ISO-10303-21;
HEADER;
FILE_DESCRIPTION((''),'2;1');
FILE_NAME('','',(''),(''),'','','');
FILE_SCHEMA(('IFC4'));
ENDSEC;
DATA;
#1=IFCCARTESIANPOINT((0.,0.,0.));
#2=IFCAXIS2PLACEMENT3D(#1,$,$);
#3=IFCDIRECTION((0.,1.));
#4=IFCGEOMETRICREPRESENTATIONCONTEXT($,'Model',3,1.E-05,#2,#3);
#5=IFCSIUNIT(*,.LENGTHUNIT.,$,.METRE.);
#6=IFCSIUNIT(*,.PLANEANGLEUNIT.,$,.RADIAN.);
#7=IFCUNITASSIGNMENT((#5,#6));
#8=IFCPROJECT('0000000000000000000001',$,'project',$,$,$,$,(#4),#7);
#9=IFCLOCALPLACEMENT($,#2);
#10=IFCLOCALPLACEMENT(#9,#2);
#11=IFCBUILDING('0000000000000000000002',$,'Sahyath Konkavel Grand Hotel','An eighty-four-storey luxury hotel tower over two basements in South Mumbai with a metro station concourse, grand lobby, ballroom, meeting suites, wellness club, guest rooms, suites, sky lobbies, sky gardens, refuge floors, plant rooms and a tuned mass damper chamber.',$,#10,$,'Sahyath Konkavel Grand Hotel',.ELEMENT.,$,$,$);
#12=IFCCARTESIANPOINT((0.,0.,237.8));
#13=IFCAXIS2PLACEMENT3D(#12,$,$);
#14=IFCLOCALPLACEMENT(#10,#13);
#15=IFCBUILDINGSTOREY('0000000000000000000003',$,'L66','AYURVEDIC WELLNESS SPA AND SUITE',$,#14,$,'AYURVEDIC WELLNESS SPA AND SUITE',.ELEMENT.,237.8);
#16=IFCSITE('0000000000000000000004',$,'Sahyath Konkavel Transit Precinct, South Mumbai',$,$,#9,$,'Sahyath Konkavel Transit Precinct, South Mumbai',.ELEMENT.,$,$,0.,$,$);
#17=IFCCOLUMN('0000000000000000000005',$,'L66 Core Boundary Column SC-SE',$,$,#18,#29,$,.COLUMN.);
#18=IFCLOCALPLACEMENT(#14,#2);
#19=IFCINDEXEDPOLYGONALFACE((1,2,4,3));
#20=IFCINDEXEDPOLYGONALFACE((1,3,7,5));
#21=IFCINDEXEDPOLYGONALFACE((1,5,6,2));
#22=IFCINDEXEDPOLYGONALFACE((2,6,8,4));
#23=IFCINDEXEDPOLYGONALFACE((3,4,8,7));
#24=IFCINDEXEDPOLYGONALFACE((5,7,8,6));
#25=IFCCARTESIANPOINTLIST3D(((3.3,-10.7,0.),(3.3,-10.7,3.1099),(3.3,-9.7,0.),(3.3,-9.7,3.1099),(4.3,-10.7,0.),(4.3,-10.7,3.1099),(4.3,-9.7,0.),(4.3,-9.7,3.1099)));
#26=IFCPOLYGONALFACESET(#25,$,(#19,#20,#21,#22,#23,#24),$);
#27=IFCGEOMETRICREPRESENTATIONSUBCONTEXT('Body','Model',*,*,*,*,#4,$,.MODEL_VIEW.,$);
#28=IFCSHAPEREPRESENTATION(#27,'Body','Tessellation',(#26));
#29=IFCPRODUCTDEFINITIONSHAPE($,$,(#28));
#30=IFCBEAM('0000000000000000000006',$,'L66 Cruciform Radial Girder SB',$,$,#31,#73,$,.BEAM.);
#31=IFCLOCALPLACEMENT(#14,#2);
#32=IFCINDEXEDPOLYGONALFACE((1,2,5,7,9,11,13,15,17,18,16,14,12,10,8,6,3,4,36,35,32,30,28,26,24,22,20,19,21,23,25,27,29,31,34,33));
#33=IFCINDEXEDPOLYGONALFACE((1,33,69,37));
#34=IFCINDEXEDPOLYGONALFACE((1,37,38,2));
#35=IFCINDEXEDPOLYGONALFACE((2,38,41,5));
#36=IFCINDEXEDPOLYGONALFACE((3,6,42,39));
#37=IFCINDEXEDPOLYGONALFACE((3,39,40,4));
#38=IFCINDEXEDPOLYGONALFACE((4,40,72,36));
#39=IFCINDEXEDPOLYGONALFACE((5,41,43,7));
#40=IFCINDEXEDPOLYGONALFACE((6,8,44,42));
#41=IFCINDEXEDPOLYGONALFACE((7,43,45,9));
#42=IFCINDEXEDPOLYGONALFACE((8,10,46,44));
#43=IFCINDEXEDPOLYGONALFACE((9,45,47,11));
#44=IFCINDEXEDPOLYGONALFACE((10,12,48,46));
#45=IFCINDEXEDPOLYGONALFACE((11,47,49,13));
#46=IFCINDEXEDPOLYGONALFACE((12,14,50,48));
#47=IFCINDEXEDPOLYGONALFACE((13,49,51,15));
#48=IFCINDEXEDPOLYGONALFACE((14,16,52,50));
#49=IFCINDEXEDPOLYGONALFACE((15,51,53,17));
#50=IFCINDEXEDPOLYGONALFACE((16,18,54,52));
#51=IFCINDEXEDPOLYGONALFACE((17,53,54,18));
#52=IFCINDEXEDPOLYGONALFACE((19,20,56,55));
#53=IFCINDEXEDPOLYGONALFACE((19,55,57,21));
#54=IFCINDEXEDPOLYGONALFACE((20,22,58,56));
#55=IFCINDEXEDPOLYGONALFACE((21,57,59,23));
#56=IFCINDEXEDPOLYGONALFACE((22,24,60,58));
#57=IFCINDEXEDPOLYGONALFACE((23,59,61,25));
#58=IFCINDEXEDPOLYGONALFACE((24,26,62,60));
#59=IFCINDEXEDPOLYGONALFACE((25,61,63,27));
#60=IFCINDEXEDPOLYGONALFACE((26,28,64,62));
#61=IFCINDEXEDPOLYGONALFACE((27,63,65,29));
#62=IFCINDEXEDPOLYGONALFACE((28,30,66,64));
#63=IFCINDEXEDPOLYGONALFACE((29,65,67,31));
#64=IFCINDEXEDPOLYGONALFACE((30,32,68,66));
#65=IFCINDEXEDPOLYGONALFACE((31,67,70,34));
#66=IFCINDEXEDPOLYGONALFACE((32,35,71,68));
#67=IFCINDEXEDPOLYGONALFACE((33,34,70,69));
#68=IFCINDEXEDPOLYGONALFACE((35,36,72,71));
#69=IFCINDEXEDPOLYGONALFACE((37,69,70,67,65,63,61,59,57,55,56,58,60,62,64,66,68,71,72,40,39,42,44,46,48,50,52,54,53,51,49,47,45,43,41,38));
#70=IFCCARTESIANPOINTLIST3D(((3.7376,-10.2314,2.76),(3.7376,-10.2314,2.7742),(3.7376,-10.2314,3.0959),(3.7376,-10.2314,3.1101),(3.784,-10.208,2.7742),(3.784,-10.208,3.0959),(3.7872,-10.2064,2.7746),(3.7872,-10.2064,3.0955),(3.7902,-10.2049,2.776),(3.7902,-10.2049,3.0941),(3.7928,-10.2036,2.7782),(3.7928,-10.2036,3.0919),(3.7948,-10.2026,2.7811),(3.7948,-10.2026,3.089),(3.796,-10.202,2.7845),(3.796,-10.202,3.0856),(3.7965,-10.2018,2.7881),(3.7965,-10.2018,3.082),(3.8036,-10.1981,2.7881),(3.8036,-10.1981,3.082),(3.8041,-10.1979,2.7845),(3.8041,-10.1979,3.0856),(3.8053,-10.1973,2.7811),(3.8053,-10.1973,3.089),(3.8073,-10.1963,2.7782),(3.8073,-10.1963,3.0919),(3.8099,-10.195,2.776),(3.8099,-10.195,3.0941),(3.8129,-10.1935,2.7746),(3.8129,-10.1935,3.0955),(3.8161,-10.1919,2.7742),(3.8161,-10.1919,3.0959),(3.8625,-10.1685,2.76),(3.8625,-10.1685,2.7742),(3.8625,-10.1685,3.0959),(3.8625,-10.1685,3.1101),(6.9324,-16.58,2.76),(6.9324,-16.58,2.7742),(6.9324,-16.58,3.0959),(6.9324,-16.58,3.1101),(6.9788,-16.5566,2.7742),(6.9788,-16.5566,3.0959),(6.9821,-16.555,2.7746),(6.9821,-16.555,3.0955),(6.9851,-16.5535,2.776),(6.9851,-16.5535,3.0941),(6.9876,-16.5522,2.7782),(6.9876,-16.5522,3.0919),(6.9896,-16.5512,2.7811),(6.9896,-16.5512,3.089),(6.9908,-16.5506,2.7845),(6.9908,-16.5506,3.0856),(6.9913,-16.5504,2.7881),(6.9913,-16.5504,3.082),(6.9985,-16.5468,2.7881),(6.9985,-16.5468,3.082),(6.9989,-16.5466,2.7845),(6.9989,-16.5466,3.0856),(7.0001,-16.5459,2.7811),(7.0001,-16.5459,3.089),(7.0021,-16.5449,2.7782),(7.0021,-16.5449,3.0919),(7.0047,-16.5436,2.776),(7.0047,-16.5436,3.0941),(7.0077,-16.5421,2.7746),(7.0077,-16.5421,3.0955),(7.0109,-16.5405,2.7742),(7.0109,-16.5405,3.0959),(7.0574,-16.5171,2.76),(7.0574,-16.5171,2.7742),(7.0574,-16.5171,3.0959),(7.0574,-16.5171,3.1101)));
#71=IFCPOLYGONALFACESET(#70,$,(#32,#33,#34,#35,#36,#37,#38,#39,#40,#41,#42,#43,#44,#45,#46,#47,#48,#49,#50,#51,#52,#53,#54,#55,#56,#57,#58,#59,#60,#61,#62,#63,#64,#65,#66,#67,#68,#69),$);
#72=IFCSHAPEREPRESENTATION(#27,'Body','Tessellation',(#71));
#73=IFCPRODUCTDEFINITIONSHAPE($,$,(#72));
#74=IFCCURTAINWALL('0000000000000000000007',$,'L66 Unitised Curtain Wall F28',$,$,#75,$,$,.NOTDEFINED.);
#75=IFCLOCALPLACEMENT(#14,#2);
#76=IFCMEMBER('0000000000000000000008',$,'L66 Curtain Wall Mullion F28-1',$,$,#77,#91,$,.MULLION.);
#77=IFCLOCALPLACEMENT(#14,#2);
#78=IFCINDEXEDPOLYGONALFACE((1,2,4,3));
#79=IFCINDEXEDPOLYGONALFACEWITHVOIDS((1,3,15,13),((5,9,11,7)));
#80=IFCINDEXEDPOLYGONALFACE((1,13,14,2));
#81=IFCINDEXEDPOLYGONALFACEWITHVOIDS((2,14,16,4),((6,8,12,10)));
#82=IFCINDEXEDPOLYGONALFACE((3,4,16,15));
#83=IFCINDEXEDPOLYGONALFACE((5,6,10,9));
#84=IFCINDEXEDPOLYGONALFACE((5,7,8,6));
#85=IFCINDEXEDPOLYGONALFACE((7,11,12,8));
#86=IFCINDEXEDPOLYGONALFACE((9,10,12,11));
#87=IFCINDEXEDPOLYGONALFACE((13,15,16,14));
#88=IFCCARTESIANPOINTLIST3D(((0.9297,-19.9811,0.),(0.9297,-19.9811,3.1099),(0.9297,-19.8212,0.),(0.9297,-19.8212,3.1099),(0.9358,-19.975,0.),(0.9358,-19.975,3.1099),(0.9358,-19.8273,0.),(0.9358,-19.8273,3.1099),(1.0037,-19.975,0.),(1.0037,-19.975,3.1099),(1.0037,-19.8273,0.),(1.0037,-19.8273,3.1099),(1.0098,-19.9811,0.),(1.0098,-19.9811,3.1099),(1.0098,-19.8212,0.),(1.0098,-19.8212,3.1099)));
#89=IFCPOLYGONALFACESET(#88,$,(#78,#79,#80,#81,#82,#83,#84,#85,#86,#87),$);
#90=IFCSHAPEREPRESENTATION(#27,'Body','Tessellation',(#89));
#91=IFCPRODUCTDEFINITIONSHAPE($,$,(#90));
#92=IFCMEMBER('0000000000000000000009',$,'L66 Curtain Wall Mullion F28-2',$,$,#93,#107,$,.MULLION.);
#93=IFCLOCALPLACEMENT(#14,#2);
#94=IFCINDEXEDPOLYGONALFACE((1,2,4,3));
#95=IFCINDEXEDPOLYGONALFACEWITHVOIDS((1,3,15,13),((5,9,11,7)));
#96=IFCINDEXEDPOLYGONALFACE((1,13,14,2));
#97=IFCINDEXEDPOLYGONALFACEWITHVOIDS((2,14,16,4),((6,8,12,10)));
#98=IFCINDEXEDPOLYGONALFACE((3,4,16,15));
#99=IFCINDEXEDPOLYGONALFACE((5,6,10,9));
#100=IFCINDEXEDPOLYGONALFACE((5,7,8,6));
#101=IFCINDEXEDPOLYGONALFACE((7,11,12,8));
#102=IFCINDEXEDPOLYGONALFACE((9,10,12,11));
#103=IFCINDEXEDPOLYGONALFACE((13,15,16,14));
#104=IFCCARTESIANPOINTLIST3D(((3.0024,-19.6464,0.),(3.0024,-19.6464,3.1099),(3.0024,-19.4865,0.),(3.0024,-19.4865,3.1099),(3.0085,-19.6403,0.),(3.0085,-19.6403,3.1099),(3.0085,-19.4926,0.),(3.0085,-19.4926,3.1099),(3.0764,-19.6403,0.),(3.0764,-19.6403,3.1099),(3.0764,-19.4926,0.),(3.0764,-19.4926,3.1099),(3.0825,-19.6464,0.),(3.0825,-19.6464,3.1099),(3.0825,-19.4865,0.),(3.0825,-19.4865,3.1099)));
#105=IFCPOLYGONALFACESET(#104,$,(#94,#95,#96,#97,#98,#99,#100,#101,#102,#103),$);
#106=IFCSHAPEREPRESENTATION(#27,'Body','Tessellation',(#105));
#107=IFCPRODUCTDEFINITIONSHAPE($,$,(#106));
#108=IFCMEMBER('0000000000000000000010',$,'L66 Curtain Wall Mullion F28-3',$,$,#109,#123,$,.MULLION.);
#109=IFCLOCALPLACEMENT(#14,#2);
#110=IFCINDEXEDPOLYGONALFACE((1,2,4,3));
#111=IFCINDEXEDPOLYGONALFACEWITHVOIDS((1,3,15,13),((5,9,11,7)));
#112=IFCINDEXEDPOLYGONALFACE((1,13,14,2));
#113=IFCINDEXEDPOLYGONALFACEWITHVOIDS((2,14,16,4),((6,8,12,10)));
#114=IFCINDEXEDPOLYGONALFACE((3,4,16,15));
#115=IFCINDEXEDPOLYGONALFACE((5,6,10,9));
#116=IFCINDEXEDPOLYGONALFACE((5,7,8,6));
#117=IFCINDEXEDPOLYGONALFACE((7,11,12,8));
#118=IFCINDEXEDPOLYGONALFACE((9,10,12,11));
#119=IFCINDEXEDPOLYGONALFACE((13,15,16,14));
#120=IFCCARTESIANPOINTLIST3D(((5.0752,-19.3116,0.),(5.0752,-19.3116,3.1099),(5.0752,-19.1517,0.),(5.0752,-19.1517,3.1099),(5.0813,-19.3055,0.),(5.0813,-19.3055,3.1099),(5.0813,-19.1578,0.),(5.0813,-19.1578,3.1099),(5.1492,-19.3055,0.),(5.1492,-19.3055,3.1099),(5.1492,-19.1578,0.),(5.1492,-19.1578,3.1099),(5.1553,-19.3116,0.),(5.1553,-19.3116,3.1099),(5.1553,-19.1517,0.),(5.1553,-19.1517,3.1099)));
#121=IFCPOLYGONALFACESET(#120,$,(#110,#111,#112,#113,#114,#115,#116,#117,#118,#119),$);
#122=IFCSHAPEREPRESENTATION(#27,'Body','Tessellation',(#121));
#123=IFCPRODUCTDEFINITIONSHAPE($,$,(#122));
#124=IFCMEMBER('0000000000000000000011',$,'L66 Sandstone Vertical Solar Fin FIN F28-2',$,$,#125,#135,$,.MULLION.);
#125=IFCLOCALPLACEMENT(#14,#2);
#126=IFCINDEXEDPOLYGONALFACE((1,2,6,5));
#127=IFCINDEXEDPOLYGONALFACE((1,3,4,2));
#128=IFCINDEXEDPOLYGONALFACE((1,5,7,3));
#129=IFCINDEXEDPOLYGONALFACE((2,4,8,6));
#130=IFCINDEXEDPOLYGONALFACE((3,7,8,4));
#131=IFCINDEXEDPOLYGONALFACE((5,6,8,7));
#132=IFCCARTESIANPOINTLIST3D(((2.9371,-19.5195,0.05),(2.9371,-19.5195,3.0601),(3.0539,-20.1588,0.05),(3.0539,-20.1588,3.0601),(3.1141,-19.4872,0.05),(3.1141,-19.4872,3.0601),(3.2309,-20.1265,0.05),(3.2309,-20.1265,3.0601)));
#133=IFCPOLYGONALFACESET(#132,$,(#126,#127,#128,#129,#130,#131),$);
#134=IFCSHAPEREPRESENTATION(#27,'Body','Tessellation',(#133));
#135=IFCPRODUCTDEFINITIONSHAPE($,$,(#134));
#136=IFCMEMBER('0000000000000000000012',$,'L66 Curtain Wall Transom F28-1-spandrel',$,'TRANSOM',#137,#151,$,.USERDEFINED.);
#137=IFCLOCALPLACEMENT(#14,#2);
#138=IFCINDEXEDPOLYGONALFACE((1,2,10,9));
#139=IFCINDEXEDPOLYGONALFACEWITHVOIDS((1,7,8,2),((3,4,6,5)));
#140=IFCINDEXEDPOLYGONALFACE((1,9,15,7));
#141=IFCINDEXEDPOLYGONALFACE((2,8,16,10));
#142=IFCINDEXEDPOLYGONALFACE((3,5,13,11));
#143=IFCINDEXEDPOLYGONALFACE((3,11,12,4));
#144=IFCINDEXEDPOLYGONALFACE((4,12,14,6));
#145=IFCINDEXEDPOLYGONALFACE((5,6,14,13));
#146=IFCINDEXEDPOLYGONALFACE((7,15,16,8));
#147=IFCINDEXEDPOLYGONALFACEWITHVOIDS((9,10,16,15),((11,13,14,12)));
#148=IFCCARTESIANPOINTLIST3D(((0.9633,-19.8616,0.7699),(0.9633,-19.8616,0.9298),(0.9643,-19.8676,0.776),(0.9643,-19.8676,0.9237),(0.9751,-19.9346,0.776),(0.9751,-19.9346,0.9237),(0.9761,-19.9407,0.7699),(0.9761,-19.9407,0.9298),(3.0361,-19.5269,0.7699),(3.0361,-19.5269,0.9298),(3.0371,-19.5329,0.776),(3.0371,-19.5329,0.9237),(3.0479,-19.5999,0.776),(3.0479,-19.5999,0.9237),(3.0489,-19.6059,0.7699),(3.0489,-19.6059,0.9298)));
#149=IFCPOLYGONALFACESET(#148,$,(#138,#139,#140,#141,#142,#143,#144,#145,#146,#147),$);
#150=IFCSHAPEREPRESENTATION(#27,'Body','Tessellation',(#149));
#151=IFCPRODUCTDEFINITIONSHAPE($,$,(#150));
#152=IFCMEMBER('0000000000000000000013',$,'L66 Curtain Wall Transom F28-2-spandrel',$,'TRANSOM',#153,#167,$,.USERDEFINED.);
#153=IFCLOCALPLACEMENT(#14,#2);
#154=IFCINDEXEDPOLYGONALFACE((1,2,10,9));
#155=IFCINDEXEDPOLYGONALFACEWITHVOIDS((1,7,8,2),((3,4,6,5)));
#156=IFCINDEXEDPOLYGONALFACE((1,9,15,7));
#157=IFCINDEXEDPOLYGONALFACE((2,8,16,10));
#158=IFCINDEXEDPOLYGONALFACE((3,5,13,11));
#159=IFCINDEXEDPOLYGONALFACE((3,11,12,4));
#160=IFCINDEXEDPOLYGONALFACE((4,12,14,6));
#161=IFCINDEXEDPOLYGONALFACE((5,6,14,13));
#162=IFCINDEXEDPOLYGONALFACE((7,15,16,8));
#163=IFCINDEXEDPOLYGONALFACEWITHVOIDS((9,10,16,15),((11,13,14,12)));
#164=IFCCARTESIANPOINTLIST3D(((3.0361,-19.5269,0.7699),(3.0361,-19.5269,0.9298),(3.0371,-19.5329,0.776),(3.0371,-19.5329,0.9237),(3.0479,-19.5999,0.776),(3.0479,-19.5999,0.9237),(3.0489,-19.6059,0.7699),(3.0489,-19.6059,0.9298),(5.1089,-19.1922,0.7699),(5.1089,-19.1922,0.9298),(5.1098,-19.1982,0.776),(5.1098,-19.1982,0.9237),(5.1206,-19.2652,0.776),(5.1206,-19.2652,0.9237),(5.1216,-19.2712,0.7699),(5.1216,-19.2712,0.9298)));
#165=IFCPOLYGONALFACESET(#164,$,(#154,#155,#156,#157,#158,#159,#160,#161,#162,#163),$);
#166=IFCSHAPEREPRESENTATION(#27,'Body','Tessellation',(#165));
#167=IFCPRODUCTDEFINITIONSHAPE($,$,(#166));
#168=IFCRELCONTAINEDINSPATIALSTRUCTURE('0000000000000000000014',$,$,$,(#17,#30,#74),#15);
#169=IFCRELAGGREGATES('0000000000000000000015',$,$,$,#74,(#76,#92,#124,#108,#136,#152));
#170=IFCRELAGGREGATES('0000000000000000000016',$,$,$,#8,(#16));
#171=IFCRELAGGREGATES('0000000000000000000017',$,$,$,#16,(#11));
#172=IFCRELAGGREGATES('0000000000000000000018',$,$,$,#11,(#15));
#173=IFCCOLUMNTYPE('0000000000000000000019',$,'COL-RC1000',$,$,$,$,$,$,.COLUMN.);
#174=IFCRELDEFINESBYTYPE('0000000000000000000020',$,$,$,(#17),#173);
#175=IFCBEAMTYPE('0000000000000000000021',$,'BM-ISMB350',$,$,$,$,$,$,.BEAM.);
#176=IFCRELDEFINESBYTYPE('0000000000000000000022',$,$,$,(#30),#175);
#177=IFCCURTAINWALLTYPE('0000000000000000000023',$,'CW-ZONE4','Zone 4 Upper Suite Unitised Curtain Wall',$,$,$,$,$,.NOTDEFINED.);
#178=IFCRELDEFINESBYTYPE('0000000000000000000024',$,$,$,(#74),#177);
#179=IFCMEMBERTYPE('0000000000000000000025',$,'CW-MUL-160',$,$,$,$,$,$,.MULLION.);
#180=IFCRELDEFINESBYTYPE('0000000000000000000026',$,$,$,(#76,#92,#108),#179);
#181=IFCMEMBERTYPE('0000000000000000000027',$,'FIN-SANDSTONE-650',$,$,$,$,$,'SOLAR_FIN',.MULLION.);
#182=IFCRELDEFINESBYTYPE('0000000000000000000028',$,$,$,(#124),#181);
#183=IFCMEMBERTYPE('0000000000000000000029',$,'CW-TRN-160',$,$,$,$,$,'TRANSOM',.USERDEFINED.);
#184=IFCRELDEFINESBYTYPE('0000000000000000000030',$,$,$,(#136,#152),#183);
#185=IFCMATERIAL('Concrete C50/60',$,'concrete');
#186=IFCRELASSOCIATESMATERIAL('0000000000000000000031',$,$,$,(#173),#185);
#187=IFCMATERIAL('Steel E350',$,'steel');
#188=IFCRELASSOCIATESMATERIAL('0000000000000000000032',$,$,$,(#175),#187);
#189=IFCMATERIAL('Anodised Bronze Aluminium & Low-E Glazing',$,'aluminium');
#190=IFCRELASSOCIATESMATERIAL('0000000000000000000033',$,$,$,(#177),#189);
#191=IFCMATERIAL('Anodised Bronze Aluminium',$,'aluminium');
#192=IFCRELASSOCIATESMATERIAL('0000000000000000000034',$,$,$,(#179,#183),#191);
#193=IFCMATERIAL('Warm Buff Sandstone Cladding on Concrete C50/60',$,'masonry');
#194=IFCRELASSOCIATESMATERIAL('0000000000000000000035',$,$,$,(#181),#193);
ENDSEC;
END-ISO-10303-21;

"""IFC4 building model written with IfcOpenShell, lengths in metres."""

from ifc_helpers import new_model, si_unit, direction, frame, origin, origin_2d, place, context, subcontext, project, spatial, rectangle, hollow_rectangle, i_section, extrude, source, transform, mapped, material, material_profile, profile_set, type_object, element, aggregate, save


model = new_model("IFC4")

# Units and contexts
model_context = context("Model", 3, precision=1e-05, world=origin(), true_north=direction((0.0, 1.0)))
body_context = subcontext(model_context, "Body", "Model", "MODEL_VIEW")
ifc_project = project(units=[si_unit("LENGTHUNIT", "METRE"), si_unit("PLANEANGLEUNIT", "RADIAN")], contexts=[model_context])

# Site, building, storey
site_placement = place(None, origin())
site = spatial("IfcSite", under=ifc_project, at=site_placement, Name="Sahyath Konkavel Transit Precinct, South Mumbai", LongName="Sahyath Konkavel Transit Precinct, South Mumbai", CompositionType="ELEMENT", RefElevation=0.0)
building_placement = place(site_placement, origin())
building = spatial("IfcBuilding", under=site, at=building_placement, Name="Sahyath Konkavel Grand Hotel", Description="An eighty-four-storey luxury hotel tower over two basements in South Mumbai with a metro station concourse, grand lobby, ballroom, meeting suites, wellness club, guest rooms, suites, sky lobbies, sky gardens, refuge floors, plant rooms and a tuned mass damper chamber.", LongName="Sahyath Konkavel Grand Hotel", CompositionType="ELEMENT")
storey_placement = place(building_placement, frame((0.0, 0.0, 237.8)))
storey = spatial("IfcBuildingStorey", under=building, at=storey_placement, Name="L66", Description="AYURVEDIC WELLNESS SPA AND SUITE", LongName="AYURVEDIC WELLNESS SPA AND SUITE", CompositionType="ELEMENT", Elevation=237.8)

# Column
ifc_material_1 = material(Name="Concrete C50/60", Category="concrete")
ifc_material_profile_1 = material_profile(ifc_material_1, rectangle(XDim=1.0, YDim=1.0, at=origin_2d()), Name="RC 1000x1000")
ifc_profile_set_1 = profile_set([ifc_material_profile_1], Name="Concrete C50/60")
column_type = type_object("IfcColumnType", Name="COL-RC1000", PredefinedType="COLUMN", material=ifc_profile_set_1)
shared_shape_1 = source(origin(), body_context, "Body", "SweptSolid", [
    extrude(rectangle(XDim=1.0, YDim=1.0, at=origin_2d()), origin(), (0.0, 0.0, 1.0), 3.1099),
])
column_placement = place(storey_placement, frame((3.8, -10.2, 0.0), z_axis=(0.0, 0.0, 1.0), x_axis=(1.0, 0.0, 0.0)))
element("IfcColumn", 1, at=column_placement, inside=storey, type_object=column_type, Name="L66 Core Boundary Column SC-SE", PredefinedType="COLUMN", context=body_context, shape_type="MappedRepresentation", body=[
    mapped(shared_shape_1, transform((0.0, 0.0, 0.0), scale=1.0)),
])

# Beam
ifc_material_2 = material(Name="Steel E350", Category="steel")
ifc_material_profile_2 = material_profile(ifc_material_2, i_section(OverallWidth=0.1399, OverallDepth=0.3501, WebThickness=0.0081, FlangeThickness=0.0142, FilletRadius=0.0139, at=origin_2d()), Name="ISMB 350")
ifc_profile_set_2 = profile_set([ifc_material_profile_2], Name="Steel E350")
beam_type_1 = type_object("IfcBeamType", Name="BM-ISMB350", PredefinedType="BEAM", material=ifc_profile_set_2)
shared_shape_2 = source(origin(), body_context, "Body", "SweptSolid", [
    extrude(i_section(OverallWidth=0.1399, OverallDepth=0.3501, WebThickness=0.0081, FlangeThickness=0.0142, FilletRadius=0.0139, at=origin_2d()), origin(), (0.0, 0.0, 1.0), 7.1072),
])
beam_1_placement = place(storey_placement, frame((3.8, -10.2, 2.9351), z_axis=(0.449521, -0.89327, 0.0), x_axis=(0.89327, 0.449521, 0.0)))
element("IfcBeam", 2, at=beam_1_placement, inside=storey, type_object=beam_type_1, Name="L66 Cruciform Radial Girder SB", PredefinedType="BEAM", context=body_context, shape_type="MappedRepresentation", body=[
    mapped(shared_shape_2, transform((0.0, 0.0, 0.0), scale=1.0)),
])

# Curtain wall, members
ifc_material_3 = material(Name="Anodised Bronze Aluminium & Low-E Glazing", Category="aluminium")
curtain_wall_type = type_object("IfcCurtainWallType", Name="CW-ZONE4", Description="Zone 4 Upper Suite Unitised Curtain Wall", PredefinedType="NOTDEFINED", material=ifc_material_3)
curtain_wall_placement = place(storey_placement, origin())
curtain_wall = element("IfcCurtainWall", 3, at=curtain_wall_placement, inside=storey, type_object=curtain_wall_type, Name="L66 Unitised Curtain Wall F28", PredefinedType="NOTDEFINED")
ifc_material_4 = material(Name="Anodised Bronze Aluminium", Category="aluminium")
ifc_material_profile_3 = material_profile(ifc_material_4, hollow_rectangle(XDim=0.0801, YDim=0.1599, WallThickness=0.0061, at=origin_2d()), Name="RHS 160x80x6")
ifc_profile_set_3 = profile_set([ifc_material_profile_3], Name="Anodised Bronze Aluminium")
member_type_1 = type_object("IfcMemberType", Name="CW-MUL-160", PredefinedType="MULLION", material=ifc_profile_set_3)
shared_shape_3 = source(origin(), body_context, "Body", "SweptSolid", [
    extrude(hollow_rectangle(XDim=0.0801, YDim=0.1599, WallThickness=0.0061, at=origin_2d()), origin(), (0.0, 0.0, 1.0), 3.1099),
])
member_1_placement = place(storey_placement, frame((0.9697, -19.9011, 0.0), z_axis=(0.0, 0.0, 1.0), x_axis=(1.0, 0.0, 0.0)))
member_1 = element("IfcMember", 4, at=member_1_placement, type_object=member_type_1, Name="L66 Curtain Wall Mullion F28-1", PredefinedType="MULLION", context=body_context, shape_type="MappedRepresentation", body=[
    mapped(shared_shape_3, transform((0.0, 0.0, 0.0), scale=1.0)),
])
member_2_placement = place(storey_placement, frame((3.0425, -19.5664, 0.0), z_axis=(0.0, 0.0, 1.0), x_axis=(1.0, 0.0, 0.0)))
member_2 = element("IfcMember", 5, at=member_2_placement, type_object=member_type_1, Name="L66 Curtain Wall Mullion F28-2", PredefinedType="MULLION", context=body_context, shape_type="MappedRepresentation", body=[
    mapped(shared_shape_3, transform((0.0, 0.0, 0.0), scale=1.0)),
])
member_3_placement = place(storey_placement, frame((5.1152, -19.2317, 0.0), z_axis=(0.0, 0.0, 1.0), x_axis=(1.0, 0.0, 0.0)))
member_3 = element("IfcMember", 6, at=member_3_placement, type_object=member_type_1, Name="L66 Curtain Wall Mullion F28-3", PredefinedType="MULLION", context=body_context, shape_type="MappedRepresentation", body=[
    mapped(shared_shape_3, transform((0.0, 0.0, 0.0), scale=1.0)),
])
ifc_material_5 = material(Name="Warm Buff Sandstone Cladding on Concrete C50/60", Category="masonry")
ifc_material_profile_4 = material_profile(ifc_material_5, rectangle(XDim=0.1799, YDim=0.6499, at=origin_2d()), Name="FIN 180x650")
ifc_profile_set_4 = profile_set([ifc_material_profile_4], Name="Warm Buff Sandstone Cladding on Concrete C50/60")
member_type_2 = type_object("IfcMemberType", Name="FIN-SANDSTONE-650", ElementType="SOLAR_FIN", PredefinedType="MULLION", material=ifc_profile_set_4)
shared_shape_4 = source(origin(), body_context, "Body", "SweptSolid", [
    extrude(rectangle(XDim=0.1799, YDim=0.6499, at=origin_2d()), origin(), (0.0, 0.0, 1.0), 3.01),
])
member_4_placement = place(storey_placement, frame((3.084, -19.823, 0.05), z_axis=(0.0, 0.0, 1.0), x_axis=(0.983729, 0.179661, 0.0)))
member_4 = element("IfcMember", 7, at=member_4_placement, type_object=member_type_2, Name="L66 Sandstone Vertical Solar Fin FIN F28-2", PredefinedType="MULLION", context=body_context, shape_type="MappedRepresentation", body=[
    mapped(shared_shape_4, transform((0.0, 0.0, 0.0), scale=1.0)),
])
ifc_material_profile_5 = material_profile(ifc_material_4, hollow_rectangle(XDim=0.0801, YDim=0.1599, WallThickness=0.0061, at=origin_2d()), Name="RHS 160x80x6")
ifc_profile_set_5 = profile_set([ifc_material_profile_5], Name="Anodised Bronze Aluminium")
member_type_3 = type_object("IfcMemberType", Name="CW-TRN-160", ElementType="TRANSOM", PredefinedType="USERDEFINED", material=ifc_profile_set_5)
shared_shape_5 = source(origin(), body_context, "Body", "SweptSolid", [
    extrude(hollow_rectangle(XDim=0.0801, YDim=0.1599, WallThickness=0.0061, at=origin_2d()), origin(), (0.0, 0.0, 1.0), 2.0996),
])
member_5_placement = place(storey_placement, frame((0.9697, -19.9011, 0.8499), z_axis=(0.987211, 0.159419, 0.0), x_axis=(-0.159419, 0.987211, 0.0)))
member_5 = element("IfcMember", 8, at=member_5_placement, type_object=member_type_3, Name="L66 Curtain Wall Transom F28-1-spandrel", ObjectType="TRANSOM", PredefinedType="USERDEFINED", context=body_context, shape_type="MappedRepresentation", body=[
    mapped(shared_shape_5, transform((0.0, 0.0, 0.0), scale=1.0)),
])
member_6_placement = place(storey_placement, frame((3.0425, -19.5664, 0.8499), z_axis=(0.987211, 0.159419, 0.0), x_axis=(-0.159419, 0.987211, 0.0)))
member_6 = element("IfcMember", 9, at=member_6_placement, type_object=member_type_3, Name="L66 Curtain Wall Transom F28-2-spandrel", ObjectType="TRANSOM", PredefinedType="USERDEFINED", context=body_context, shape_type="MappedRepresentation", body=[
    mapped(shared_shape_5, transform((0.0, 0.0, 0.0), scale=1.0)),
])

aggregate(curtain_wall, [member_1, member_2, member_4, member_3, member_5, member_6])

save(model, "model.ifc")
